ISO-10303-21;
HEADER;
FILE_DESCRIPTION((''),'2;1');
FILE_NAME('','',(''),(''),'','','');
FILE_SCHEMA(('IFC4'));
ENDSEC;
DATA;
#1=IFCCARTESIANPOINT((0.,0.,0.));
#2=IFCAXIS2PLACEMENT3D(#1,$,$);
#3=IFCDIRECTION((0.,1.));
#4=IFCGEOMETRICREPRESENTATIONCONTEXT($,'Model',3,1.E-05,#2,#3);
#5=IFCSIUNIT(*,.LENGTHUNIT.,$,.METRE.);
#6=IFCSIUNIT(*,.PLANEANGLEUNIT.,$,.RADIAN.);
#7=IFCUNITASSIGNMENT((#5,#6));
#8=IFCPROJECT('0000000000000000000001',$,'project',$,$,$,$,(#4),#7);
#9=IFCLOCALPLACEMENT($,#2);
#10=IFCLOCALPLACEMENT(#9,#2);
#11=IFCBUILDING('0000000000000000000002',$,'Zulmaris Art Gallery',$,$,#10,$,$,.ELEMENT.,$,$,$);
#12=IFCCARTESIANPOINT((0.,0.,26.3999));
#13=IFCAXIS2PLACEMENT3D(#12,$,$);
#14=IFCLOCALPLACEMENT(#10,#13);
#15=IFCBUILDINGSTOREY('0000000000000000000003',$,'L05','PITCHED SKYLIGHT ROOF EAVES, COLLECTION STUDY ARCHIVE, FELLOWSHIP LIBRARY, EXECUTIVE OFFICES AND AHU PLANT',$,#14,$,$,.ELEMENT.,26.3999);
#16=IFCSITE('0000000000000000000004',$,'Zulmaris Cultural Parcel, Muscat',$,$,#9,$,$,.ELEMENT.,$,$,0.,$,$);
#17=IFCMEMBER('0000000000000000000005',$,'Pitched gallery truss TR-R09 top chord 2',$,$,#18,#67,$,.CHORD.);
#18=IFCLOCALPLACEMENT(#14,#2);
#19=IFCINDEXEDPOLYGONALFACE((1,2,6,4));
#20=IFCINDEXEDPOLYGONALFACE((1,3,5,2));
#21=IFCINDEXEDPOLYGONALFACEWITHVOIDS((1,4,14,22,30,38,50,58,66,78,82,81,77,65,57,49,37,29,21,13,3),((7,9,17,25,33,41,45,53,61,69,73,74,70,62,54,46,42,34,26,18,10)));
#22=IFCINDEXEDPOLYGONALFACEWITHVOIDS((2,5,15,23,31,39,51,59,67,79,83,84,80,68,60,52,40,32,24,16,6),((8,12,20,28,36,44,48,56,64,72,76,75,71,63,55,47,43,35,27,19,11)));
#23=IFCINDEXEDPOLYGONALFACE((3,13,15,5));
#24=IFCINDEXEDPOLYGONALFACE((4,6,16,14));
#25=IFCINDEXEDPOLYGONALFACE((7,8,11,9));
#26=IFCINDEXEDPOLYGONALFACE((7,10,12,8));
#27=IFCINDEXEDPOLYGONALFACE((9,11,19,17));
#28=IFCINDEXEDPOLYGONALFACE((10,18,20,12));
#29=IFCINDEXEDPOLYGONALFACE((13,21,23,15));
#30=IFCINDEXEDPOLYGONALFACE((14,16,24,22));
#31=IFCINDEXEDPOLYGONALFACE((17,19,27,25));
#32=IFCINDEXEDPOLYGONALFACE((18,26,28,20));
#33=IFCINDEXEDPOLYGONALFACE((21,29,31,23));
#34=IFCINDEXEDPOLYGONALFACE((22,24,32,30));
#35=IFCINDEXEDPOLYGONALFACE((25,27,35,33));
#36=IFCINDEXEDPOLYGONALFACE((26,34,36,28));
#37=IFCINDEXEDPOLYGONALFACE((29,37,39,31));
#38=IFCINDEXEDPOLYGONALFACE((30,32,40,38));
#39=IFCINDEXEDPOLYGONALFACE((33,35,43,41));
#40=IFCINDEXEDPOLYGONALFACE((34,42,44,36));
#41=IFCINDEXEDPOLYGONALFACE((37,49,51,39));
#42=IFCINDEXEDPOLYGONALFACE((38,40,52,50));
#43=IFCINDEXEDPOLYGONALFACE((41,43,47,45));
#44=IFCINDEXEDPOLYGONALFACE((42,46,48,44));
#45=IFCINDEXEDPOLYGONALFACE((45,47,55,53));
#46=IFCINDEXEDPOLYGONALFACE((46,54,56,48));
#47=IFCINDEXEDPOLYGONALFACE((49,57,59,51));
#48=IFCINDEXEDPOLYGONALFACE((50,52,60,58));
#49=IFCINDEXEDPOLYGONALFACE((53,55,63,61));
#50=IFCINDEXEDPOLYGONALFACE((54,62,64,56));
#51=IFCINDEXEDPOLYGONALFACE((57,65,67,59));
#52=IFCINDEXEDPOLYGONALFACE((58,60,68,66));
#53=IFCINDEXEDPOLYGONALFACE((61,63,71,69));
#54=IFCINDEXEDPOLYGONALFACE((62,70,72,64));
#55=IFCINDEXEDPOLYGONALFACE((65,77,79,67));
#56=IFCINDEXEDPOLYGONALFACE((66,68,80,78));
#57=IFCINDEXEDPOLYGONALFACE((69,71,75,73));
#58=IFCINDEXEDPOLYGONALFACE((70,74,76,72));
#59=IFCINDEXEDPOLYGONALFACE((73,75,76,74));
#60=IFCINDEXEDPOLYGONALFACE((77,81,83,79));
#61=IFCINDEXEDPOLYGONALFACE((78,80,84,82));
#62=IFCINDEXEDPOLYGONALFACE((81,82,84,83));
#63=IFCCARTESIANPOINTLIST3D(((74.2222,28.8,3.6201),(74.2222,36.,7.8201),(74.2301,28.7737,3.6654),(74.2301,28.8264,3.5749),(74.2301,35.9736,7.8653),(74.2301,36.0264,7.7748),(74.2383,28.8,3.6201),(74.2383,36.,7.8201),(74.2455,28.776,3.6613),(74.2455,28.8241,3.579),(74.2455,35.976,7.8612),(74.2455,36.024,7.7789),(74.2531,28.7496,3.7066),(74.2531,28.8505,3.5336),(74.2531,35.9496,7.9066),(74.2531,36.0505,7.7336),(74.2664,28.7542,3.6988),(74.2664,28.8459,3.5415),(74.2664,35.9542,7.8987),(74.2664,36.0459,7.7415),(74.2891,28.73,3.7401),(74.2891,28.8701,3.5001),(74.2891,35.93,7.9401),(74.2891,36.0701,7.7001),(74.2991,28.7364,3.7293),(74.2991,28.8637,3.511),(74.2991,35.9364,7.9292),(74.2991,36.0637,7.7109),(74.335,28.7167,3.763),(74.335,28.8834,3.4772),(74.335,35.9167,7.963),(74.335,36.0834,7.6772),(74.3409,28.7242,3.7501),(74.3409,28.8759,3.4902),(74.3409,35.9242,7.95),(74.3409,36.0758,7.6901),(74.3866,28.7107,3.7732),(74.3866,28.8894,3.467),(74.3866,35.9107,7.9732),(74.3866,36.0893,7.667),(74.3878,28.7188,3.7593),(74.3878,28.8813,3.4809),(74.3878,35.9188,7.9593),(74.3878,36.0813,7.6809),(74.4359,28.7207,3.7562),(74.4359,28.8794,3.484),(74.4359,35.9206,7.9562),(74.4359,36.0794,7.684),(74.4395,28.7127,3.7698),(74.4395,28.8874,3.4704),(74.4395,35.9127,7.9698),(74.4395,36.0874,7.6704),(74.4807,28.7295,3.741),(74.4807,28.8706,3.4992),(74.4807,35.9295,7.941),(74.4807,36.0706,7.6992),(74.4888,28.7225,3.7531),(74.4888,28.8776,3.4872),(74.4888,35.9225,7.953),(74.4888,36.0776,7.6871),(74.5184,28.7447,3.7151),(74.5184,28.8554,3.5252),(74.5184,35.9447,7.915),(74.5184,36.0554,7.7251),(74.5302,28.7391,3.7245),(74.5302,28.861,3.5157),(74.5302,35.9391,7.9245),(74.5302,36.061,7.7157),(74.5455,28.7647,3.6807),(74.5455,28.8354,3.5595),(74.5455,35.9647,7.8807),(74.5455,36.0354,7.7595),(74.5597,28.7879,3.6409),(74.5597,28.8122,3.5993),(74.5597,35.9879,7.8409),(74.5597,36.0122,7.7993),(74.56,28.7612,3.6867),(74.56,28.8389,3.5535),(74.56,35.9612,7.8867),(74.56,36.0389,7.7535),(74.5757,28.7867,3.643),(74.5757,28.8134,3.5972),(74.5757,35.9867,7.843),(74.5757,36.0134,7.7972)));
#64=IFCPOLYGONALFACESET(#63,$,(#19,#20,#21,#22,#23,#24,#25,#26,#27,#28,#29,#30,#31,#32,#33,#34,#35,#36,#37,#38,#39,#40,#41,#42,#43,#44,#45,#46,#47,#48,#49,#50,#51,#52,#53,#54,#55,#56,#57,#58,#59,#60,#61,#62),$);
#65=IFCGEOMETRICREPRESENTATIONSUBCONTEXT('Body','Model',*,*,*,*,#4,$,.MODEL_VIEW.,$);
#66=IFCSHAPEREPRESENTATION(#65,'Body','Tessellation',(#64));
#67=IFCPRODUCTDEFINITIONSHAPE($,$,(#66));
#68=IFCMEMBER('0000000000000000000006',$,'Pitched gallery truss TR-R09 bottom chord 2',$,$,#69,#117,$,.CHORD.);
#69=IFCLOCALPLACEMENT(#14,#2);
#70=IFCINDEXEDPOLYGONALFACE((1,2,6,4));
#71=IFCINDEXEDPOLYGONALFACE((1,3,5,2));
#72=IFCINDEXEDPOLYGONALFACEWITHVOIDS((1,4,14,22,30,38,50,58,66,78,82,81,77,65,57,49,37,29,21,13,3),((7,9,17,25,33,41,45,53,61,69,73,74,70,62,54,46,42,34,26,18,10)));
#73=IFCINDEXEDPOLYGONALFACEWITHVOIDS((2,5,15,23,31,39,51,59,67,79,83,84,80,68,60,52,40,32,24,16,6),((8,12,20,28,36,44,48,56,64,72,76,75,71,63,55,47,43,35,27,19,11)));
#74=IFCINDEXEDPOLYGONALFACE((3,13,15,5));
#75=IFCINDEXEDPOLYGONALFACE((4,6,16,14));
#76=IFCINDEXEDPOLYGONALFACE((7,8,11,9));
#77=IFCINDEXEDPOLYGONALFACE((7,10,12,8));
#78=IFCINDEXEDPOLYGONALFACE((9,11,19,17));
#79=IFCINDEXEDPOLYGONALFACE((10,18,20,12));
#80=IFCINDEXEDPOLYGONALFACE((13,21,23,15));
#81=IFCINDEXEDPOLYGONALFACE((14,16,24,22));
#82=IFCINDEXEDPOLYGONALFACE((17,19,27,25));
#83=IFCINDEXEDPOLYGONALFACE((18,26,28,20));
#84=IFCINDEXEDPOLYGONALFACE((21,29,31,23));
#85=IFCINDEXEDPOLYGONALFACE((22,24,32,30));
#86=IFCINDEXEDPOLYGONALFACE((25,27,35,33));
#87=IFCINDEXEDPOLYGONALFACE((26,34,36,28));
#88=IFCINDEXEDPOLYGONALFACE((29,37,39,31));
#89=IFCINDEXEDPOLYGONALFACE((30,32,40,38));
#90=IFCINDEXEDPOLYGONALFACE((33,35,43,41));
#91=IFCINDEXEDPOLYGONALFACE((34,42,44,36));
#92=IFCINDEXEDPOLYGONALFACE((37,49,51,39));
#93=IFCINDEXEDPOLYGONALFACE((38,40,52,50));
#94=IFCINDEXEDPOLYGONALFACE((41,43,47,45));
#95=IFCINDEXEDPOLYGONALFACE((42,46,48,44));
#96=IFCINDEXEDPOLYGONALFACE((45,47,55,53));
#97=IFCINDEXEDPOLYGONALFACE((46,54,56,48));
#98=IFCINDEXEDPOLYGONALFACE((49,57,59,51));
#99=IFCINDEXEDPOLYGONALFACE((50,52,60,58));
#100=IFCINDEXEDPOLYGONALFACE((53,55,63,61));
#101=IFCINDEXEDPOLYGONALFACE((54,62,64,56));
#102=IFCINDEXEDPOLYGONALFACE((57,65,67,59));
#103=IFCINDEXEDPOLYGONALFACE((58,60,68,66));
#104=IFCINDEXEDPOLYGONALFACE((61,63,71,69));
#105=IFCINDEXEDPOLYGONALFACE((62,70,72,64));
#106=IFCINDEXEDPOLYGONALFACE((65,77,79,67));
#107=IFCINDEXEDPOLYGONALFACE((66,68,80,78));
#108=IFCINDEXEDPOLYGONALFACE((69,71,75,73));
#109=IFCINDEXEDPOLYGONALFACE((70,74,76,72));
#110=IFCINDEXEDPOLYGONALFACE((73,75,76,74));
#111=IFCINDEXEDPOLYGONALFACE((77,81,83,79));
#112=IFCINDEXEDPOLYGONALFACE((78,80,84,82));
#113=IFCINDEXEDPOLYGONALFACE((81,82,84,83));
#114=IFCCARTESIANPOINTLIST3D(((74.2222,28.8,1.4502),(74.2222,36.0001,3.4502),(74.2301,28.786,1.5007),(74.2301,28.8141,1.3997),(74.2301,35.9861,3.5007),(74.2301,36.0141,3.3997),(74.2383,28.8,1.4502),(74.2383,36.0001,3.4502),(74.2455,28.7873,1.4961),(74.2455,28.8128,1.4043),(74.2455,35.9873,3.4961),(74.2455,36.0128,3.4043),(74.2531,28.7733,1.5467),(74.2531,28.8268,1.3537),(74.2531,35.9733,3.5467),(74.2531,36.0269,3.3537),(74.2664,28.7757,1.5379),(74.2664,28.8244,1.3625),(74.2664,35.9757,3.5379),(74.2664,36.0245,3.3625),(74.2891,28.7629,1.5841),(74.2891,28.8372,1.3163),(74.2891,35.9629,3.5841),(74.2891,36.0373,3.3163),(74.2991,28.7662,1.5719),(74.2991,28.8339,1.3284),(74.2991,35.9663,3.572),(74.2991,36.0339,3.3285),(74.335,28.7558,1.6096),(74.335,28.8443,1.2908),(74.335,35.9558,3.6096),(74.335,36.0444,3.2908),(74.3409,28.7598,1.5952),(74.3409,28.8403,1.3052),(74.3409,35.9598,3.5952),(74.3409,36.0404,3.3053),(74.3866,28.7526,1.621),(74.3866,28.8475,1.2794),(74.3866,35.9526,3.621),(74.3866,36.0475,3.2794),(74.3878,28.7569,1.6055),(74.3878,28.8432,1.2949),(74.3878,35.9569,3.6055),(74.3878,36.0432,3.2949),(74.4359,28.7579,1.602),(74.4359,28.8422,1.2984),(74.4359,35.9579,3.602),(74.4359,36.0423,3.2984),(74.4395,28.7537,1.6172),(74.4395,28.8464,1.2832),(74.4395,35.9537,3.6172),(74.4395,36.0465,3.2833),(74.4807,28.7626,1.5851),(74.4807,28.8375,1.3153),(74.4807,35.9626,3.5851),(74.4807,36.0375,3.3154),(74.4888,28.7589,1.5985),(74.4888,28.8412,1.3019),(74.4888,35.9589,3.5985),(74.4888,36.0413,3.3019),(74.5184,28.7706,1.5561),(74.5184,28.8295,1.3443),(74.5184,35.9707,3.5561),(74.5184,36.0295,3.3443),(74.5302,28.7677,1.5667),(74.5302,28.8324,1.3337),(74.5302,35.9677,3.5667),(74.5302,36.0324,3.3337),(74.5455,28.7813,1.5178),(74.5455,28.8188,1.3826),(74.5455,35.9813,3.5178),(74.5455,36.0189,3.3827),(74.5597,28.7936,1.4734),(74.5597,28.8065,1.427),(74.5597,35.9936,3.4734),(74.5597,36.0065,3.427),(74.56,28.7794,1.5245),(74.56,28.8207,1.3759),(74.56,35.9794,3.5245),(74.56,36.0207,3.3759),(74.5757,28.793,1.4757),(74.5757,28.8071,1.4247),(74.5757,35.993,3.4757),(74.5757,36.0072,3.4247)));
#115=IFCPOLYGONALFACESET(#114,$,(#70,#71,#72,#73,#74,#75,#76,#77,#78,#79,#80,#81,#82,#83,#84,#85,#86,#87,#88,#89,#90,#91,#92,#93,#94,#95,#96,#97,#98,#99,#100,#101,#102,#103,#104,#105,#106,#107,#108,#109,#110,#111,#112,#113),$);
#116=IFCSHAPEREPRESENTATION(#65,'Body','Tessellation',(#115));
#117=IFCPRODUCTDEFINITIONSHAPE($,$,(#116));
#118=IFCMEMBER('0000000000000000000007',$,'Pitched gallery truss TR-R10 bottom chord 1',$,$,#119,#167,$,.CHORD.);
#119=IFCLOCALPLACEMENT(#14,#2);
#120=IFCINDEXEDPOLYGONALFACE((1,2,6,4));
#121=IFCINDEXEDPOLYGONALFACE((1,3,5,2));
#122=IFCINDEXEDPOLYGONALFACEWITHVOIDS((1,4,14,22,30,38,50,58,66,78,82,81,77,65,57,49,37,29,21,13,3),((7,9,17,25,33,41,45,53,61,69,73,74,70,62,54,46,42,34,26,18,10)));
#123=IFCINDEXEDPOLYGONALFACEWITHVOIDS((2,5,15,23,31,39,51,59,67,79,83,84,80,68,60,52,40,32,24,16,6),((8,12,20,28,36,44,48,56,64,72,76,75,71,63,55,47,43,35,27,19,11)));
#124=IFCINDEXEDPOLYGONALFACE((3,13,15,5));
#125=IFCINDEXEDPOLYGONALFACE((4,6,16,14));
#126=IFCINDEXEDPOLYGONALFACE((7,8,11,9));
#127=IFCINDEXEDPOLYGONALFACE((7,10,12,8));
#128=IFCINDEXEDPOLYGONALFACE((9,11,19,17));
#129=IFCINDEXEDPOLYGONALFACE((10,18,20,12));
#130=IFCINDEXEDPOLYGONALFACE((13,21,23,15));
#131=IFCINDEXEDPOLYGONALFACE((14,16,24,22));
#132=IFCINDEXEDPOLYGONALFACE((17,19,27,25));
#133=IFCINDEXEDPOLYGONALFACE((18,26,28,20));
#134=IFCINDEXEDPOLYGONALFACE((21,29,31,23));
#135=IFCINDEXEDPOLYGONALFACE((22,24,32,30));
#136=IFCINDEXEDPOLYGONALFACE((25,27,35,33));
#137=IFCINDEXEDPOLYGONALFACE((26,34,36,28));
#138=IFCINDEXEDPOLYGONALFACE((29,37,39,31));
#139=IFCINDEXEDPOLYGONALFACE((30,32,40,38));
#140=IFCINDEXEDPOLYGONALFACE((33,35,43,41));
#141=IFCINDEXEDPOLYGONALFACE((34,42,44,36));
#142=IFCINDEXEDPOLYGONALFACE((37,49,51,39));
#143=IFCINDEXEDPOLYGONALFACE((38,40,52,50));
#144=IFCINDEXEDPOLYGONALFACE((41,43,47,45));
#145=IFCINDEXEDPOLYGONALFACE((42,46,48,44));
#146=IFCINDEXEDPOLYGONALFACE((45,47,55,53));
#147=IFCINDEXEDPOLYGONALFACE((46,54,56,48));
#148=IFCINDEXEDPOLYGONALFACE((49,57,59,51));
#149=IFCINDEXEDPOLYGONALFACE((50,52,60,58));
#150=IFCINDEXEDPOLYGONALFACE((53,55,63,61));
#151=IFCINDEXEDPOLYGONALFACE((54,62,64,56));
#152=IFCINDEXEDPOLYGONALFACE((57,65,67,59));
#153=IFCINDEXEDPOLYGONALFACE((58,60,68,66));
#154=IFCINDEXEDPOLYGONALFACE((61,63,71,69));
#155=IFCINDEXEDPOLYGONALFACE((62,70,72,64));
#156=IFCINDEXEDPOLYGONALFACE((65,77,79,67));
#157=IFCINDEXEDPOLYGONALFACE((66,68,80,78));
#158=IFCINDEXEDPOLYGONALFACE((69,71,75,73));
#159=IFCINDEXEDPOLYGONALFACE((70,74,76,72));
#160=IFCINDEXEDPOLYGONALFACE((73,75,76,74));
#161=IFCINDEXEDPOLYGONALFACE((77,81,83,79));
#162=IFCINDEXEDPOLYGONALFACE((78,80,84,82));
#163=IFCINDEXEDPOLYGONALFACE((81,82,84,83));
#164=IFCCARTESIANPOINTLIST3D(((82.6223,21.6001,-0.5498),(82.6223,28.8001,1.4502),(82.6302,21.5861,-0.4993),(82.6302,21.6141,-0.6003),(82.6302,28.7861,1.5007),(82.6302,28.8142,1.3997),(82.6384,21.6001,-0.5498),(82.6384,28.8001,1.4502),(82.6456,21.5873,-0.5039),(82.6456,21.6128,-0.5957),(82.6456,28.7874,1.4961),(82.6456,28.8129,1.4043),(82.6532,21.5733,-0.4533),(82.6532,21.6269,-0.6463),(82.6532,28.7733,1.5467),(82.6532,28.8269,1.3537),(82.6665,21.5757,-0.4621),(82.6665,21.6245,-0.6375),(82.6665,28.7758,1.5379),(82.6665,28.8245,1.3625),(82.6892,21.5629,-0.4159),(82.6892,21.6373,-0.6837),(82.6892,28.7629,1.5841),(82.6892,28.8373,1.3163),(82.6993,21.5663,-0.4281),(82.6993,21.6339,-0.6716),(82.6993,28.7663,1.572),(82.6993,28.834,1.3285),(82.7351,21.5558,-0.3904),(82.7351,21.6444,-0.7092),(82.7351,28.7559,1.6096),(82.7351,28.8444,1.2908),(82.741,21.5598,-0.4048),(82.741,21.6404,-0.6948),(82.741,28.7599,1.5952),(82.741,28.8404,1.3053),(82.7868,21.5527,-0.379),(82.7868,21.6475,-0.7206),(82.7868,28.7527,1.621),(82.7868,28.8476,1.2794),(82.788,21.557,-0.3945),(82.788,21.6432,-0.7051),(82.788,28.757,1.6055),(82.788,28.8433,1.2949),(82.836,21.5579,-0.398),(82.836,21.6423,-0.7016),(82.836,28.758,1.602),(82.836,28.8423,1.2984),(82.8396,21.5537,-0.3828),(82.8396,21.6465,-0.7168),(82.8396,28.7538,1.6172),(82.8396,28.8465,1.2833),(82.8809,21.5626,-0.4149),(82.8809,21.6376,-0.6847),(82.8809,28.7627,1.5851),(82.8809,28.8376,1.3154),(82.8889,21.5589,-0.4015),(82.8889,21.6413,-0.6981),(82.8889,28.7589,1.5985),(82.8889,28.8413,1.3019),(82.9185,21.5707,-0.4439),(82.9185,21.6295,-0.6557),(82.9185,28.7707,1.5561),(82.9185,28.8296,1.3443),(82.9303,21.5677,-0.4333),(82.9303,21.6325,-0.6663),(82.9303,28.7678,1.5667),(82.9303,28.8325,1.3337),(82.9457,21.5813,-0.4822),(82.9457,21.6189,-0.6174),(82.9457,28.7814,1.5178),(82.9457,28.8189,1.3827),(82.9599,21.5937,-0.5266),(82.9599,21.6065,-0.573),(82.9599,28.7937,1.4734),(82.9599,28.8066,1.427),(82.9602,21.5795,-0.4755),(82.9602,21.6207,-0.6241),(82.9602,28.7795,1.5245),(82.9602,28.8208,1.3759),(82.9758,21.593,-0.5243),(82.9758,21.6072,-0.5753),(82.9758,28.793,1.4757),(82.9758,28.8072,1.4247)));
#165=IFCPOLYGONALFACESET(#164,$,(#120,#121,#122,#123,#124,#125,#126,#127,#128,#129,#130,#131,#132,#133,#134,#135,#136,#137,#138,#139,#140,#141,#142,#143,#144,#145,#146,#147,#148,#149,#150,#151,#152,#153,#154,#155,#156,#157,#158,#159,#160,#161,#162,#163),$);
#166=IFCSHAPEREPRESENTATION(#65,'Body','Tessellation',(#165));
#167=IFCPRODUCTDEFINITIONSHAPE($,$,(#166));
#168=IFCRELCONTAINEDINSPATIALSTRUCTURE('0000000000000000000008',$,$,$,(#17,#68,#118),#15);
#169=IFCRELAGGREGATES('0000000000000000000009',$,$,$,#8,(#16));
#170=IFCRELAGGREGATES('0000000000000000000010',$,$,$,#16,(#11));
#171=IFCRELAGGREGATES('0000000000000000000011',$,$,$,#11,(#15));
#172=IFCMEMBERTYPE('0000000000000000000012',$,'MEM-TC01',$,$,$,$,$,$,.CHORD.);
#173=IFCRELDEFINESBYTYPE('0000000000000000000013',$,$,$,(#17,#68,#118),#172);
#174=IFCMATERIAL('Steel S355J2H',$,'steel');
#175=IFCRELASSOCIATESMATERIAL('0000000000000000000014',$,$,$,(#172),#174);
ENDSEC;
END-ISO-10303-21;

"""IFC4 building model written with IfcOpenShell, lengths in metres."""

from ifc_helpers import new_model, si_unit, direction, frame, origin, origin_2d, place, context, subcontext, project, spatial, hollow_circle, extrude, material, material_profile, profile_set, type_object, element, save


model = new_model("IFC4")

# Units and contexts
model_context = context("Model", 3, precision=1e-05, world=origin(), true_north=direction((0.0, 1.0)))
body_context = subcontext(model_context, "Body", "Model", "MODEL_VIEW")
ifc_project = project(units=[si_unit("LENGTHUNIT", "METRE"), si_unit("PLANEANGLEUNIT", "RADIAN")], contexts=[model_context])

# Site, building, storey
site_placement = place(None, origin())
site = spatial("IfcSite", under=ifc_project, at=site_placement, Name="Zulmaris Cultural Parcel, Muscat", CompositionType="ELEMENT", RefElevation=0.0)
building_placement = place(site_placement, origin())
building = spatial("IfcBuilding", under=site, at=building_placement, Name="Zulmaris Art Gallery", CompositionType="ELEMENT")
storey_placement = place(building_placement, frame((0.0, 0.0, 26.3999)))
storey = spatial("IfcBuildingStorey", under=building, at=storey_placement, Name="L05", Description="PITCHED SKYLIGHT ROOF EAVES, COLLECTION STUDY ARCHIVE, FELLOWSHIP LIBRARY, EXECUTIVE OFFICES AND AHU PLANT", CompositionType="ELEMENT", Elevation=26.3999)

# Members
ifc_material_1 = material(Name="Steel S355J2H", Category="steel")
ifc_material_profile_1 = material_profile(ifc_material_1, hollow_circle(Radius=0.1777, WallThickness=0.0161, at=origin_2d()), Name="CHS 355.6x16")
ifc_profile_set_1 = profile_set([ifc_material_profile_1], Name="Steel S355J2H")
member_type_1 = type_object("IfcMemberType", Name="MEM-TC01", PredefinedType="CHORD", material=ifc_profile_set_1)
member_1_placement = place(storey_placement, frame((74.3999, 28.8, 3.6201), z_axis=(0.0, 0.86378, 0.503869), x_axis=(-1.0, 0.0, 0.0)))
element("IfcMember", 1, at=member_1_placement, inside=storey, type_object=member_type_1, Name="Pitched gallery truss TR-R09 top chord 2", PredefinedType="CHORD", context=body_context, shape_type="SweptSolid", body=[
    extrude(hollow_circle(Radius=0.1777, WallThickness=0.0161, at=origin_2d()), origin(), (0.0, 0.0, 1.0), 8.3354),
])
for number, where, z_axis, x_axis, name in (
    (2, (74.3999, 28.8, 1.4502), (0.0, 0.963517, 0.267646), (-1.0, 0.0, 0.0), "Pitched gallery truss TR-R09 bottom chord 2"),
    (3, (82.8, 21.6001, -0.5498), (0.0, 0.963517, 0.267646), (-1.0, 0.0, 0.0), "Pitched gallery truss TR-R10 bottom chord 1"),
):
    element("IfcMember", number, at=place(storey_placement, frame(where, z_axis=z_axis, x_axis=x_axis)), inside=storey, type_object=member_type_1, Name=name, PredefinedType="CHORD", context=body_context, shape_type="SweptSolid", body=[
        extrude(hollow_circle(Radius=0.1777, WallThickness=0.0161, at=origin_2d()), origin(), (0.0, 0.0, 1.0), 7.4727),
    ])

save(model, "model.ifc")
